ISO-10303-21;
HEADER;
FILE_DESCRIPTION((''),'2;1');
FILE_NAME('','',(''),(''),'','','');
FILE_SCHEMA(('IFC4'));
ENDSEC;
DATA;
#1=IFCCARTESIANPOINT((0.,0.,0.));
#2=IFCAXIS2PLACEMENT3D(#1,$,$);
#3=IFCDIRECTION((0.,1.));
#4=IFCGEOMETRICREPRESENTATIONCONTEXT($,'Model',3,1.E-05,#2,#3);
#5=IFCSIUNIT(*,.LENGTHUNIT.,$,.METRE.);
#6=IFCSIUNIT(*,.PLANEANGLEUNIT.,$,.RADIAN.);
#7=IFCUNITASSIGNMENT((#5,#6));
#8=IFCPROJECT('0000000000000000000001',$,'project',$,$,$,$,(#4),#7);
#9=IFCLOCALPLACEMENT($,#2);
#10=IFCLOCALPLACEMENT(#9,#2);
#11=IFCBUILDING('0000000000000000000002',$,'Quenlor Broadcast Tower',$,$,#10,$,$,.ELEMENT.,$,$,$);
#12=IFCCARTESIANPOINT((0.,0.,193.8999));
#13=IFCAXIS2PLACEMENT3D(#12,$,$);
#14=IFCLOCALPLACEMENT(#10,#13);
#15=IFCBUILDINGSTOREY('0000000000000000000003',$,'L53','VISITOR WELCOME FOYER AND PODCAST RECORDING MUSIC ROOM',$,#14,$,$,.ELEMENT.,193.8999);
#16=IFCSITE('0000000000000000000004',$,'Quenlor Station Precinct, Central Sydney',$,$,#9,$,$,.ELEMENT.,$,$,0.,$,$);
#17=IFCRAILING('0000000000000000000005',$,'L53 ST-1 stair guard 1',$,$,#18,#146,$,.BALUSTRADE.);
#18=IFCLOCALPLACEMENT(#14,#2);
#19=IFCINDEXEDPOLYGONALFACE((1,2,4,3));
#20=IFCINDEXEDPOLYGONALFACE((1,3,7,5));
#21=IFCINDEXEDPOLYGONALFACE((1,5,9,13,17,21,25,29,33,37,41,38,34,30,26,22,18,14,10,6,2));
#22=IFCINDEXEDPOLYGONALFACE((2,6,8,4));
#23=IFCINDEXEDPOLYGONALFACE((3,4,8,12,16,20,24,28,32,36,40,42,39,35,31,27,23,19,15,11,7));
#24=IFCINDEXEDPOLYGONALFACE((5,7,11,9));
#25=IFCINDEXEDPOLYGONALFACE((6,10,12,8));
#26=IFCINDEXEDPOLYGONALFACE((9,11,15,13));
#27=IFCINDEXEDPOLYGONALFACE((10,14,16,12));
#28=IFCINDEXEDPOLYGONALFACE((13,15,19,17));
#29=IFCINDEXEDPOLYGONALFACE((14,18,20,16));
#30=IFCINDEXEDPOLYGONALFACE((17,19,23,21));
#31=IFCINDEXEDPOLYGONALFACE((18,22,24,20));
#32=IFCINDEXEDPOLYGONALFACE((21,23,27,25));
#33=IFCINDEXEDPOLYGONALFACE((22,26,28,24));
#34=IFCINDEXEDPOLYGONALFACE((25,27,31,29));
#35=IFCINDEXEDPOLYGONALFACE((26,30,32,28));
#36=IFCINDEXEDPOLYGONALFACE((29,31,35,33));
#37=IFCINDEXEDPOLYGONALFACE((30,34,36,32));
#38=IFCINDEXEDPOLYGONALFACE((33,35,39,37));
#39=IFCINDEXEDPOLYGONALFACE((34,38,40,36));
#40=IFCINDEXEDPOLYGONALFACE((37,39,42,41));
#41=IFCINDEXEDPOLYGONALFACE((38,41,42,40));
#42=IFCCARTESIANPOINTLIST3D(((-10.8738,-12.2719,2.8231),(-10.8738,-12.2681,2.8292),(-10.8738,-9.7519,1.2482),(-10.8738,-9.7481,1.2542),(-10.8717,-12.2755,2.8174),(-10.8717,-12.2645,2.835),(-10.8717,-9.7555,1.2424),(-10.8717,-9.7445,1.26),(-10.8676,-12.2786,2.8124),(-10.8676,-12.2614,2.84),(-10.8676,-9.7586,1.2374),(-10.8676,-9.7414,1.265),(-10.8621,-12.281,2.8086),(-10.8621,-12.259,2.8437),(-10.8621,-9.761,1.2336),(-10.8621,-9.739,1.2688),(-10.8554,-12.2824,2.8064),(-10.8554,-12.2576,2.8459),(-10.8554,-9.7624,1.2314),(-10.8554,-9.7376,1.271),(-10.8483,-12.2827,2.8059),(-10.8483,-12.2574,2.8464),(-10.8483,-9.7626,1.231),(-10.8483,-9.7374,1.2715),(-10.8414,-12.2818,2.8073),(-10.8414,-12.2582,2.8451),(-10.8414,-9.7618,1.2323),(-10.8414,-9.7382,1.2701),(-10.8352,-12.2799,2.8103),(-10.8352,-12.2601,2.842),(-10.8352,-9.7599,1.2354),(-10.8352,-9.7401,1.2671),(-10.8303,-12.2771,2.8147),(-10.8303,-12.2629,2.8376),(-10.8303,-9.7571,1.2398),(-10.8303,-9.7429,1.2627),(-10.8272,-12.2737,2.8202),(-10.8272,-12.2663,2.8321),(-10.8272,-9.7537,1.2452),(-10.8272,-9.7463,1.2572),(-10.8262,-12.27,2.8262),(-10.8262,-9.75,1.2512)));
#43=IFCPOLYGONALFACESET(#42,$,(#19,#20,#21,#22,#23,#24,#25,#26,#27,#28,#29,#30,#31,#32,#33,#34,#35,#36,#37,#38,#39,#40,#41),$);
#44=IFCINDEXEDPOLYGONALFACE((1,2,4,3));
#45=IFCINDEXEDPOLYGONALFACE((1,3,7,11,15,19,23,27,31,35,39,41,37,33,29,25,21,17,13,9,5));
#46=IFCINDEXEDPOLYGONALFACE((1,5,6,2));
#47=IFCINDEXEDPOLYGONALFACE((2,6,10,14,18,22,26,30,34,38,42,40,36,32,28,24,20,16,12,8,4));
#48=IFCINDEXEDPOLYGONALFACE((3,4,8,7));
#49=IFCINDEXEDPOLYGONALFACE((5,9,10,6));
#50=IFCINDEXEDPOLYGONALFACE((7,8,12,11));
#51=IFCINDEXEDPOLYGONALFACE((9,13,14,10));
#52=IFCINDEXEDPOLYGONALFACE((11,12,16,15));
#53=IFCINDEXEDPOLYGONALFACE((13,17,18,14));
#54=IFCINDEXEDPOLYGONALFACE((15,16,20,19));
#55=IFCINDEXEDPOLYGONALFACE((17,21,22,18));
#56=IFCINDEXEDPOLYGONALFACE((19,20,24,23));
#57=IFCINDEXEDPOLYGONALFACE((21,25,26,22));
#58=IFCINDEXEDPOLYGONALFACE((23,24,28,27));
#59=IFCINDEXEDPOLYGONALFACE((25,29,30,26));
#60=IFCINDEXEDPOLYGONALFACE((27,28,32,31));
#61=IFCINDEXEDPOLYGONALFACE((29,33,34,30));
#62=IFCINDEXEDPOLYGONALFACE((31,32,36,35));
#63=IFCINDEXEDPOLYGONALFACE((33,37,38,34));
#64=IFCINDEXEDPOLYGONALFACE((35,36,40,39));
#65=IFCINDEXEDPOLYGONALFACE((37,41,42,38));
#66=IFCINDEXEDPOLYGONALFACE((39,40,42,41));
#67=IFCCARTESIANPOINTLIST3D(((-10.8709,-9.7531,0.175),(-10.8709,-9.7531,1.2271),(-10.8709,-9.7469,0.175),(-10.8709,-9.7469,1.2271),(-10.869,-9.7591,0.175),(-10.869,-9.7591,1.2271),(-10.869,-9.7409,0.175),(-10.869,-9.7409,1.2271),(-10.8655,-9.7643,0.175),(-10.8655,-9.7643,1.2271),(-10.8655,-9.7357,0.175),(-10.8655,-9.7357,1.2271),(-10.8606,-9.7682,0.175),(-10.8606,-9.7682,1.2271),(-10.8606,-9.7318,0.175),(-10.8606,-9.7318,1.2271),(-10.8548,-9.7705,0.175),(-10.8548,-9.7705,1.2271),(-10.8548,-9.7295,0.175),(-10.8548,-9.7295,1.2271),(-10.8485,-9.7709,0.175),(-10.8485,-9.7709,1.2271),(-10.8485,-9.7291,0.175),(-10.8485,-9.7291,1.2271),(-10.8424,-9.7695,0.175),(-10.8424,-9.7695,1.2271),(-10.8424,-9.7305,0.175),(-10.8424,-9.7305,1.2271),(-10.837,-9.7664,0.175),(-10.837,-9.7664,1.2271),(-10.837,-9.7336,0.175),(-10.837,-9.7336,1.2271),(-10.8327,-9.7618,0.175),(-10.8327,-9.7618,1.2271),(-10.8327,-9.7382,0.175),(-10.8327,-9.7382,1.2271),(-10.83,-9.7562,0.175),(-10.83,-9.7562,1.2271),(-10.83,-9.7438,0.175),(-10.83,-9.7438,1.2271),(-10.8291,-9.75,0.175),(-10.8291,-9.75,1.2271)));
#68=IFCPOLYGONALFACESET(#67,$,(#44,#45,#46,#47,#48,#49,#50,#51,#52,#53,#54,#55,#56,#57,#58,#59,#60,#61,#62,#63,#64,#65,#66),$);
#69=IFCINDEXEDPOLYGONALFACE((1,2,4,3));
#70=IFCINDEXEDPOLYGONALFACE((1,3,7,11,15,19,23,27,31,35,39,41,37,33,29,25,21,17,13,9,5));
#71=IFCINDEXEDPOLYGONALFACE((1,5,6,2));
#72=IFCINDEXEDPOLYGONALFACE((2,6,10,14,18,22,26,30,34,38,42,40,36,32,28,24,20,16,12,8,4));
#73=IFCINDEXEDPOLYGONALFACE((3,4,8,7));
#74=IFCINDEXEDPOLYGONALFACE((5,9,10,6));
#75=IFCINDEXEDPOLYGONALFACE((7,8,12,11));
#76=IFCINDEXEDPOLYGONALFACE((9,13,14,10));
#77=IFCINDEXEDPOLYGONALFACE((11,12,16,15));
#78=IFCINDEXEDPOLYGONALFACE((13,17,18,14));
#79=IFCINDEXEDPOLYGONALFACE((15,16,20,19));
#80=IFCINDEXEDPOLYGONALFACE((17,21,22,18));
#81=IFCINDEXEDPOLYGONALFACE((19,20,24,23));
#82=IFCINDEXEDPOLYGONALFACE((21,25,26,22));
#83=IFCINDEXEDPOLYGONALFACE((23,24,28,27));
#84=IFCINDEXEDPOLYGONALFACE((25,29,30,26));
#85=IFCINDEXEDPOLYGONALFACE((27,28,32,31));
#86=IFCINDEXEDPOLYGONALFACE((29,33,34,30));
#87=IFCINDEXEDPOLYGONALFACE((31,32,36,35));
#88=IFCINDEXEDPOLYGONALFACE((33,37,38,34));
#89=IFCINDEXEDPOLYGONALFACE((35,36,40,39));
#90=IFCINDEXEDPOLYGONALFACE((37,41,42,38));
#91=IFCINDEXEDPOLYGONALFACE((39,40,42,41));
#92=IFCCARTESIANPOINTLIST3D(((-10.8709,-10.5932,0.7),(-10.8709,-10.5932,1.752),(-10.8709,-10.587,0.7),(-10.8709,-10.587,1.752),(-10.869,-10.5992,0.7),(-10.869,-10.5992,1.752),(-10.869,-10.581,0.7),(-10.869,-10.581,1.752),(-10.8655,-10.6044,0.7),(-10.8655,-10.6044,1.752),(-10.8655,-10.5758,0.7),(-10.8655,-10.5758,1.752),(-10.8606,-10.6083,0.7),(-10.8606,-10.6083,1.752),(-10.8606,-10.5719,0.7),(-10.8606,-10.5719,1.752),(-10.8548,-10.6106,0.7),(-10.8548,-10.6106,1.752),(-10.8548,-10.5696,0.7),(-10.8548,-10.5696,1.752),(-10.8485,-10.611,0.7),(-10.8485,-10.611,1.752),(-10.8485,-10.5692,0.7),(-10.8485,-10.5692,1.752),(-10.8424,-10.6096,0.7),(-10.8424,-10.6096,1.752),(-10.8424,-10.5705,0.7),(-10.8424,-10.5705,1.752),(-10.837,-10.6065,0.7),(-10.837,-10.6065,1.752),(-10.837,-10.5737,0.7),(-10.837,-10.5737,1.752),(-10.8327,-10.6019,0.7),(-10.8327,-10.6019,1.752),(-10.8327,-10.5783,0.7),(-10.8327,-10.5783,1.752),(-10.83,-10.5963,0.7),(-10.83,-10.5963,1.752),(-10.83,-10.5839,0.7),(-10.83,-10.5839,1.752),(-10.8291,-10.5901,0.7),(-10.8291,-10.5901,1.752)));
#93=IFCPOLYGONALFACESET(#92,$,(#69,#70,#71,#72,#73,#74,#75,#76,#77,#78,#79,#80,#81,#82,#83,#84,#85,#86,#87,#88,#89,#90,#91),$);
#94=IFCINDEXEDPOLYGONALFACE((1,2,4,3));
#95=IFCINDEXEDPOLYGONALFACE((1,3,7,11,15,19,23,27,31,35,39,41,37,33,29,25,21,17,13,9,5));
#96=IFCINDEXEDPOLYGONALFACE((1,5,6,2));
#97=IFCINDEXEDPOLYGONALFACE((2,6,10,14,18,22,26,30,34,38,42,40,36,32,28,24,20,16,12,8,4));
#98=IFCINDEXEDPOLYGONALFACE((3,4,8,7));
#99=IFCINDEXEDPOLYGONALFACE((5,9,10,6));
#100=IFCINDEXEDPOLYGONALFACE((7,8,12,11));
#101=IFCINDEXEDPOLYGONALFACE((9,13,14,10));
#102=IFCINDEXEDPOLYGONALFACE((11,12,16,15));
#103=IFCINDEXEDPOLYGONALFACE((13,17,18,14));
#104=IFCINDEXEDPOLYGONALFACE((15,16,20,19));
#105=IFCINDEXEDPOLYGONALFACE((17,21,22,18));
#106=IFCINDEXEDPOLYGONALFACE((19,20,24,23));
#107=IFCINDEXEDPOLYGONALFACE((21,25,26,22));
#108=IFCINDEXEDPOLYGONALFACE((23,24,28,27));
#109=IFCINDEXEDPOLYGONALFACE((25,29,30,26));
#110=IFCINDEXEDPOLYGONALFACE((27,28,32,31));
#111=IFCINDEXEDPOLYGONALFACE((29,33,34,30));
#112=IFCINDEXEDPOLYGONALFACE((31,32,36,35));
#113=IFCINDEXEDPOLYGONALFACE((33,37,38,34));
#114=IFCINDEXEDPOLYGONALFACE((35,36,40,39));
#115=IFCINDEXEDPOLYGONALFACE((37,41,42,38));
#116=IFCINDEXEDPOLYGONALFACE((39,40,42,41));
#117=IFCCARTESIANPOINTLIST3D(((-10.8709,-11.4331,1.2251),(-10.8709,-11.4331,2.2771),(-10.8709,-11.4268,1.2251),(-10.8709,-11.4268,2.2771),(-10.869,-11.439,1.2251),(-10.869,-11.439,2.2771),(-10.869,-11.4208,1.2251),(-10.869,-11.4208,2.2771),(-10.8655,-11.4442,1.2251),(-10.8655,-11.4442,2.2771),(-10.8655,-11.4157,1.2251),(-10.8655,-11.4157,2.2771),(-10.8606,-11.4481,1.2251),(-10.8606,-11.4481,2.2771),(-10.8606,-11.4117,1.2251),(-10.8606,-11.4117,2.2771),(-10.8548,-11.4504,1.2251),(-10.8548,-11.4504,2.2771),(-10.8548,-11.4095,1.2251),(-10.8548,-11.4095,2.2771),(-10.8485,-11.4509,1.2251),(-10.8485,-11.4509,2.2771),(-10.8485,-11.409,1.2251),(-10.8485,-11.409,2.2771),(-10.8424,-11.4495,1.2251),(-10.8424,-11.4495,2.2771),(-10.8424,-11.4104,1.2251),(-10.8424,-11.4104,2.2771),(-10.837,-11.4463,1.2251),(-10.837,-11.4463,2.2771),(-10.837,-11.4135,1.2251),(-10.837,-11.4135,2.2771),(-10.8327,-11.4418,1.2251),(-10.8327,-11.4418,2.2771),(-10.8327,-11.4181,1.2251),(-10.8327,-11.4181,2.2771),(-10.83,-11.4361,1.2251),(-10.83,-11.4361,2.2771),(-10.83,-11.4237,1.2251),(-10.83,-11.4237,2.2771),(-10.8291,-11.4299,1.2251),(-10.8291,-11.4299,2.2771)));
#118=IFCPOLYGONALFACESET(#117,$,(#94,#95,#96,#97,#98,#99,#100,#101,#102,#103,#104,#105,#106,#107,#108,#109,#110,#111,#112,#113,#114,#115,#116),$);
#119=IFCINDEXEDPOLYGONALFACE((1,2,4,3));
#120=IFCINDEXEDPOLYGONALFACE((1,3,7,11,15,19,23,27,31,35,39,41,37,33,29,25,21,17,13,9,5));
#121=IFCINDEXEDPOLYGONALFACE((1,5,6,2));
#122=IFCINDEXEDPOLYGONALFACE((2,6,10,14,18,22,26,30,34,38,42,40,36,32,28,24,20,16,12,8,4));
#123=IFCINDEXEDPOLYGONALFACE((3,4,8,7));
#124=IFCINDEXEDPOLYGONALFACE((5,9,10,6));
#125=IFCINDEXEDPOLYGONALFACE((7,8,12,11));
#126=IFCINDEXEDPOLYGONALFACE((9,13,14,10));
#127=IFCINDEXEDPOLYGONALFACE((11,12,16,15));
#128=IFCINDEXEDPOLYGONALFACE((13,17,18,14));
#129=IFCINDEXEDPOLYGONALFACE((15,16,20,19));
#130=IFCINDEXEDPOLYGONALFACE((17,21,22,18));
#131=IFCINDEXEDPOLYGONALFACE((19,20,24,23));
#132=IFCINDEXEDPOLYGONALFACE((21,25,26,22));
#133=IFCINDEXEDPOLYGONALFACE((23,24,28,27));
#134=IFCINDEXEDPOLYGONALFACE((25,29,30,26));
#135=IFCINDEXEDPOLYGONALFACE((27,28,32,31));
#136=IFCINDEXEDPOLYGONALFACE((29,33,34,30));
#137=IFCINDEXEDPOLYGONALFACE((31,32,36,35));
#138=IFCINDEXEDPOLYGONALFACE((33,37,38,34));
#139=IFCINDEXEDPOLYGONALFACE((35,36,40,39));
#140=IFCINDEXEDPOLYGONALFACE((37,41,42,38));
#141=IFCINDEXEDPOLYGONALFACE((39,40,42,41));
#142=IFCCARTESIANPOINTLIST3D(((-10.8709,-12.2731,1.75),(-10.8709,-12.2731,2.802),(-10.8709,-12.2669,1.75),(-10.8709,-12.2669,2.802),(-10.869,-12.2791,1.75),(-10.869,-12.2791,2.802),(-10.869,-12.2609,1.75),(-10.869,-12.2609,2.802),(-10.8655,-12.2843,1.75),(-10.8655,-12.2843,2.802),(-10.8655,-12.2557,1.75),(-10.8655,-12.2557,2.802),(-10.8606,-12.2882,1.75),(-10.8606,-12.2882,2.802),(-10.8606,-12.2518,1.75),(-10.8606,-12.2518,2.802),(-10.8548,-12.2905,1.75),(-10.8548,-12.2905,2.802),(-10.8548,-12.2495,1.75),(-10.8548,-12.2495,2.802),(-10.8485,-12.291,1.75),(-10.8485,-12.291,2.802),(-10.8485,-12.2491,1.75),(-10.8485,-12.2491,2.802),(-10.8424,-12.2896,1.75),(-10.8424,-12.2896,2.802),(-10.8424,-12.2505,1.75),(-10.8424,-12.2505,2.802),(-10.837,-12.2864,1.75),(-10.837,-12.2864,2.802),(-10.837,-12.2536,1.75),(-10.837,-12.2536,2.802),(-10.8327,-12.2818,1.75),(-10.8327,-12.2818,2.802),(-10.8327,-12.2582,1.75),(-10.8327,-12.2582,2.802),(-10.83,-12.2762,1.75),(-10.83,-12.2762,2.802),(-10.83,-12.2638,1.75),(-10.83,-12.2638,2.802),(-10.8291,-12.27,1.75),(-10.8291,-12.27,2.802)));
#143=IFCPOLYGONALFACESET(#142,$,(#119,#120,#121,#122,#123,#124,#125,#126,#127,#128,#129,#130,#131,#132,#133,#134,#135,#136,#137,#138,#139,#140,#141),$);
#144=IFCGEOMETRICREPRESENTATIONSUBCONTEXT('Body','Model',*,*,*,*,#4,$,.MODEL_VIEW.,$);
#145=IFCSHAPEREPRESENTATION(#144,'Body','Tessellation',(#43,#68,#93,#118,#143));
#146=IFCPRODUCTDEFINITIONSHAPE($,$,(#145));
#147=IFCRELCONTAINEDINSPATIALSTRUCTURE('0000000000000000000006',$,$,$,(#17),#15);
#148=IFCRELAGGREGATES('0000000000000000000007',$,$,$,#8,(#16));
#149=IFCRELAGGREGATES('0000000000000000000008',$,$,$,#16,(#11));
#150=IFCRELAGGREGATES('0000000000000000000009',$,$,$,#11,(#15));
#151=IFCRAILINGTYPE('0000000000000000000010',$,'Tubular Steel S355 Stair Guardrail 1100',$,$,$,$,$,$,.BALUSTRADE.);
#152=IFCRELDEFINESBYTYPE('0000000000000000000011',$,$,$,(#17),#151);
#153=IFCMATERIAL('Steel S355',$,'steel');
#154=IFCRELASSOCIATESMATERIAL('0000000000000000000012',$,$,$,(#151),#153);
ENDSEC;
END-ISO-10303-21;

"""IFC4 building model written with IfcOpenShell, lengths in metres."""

from ifc_helpers import new_model, si_unit, direction, frame, origin, origin_2d, place, context, subcontext, project, spatial, circle, extrude, material, type_object, element, save


model = new_model("IFC4")

# Units and contexts
model_context = context("Model", 3, precision=1e-05, world=origin(), true_north=direction((0.0, 1.0)))
body_context = subcontext(model_context, "Body", "Model", "MODEL_VIEW")
ifc_project = project(units=[si_unit("LENGTHUNIT", "METRE"), si_unit("PLANEANGLEUNIT", "RADIAN")], contexts=[model_context])

# Site, building, storey
site_placement = place(None, origin())
site = spatial("IfcSite", under=ifc_project, at=site_placement, Name="Quenlor Station Precinct, Central Sydney", CompositionType="ELEMENT", RefElevation=0.0)
building_placement = place(site_placement, origin())
building = spatial("IfcBuilding", under=site, at=building_placement, Name="Quenlor Broadcast Tower", CompositionType="ELEMENT")
storey_placement = place(building_placement, frame((0.0, 0.0, 193.8999)))
storey = spatial("IfcBuildingStorey", under=building, at=storey_placement, Name="L53", Description="VISITOR WELCOME FOYER AND PODCAST RECORDING MUSIC ROOM", CompositionType="ELEMENT", Elevation=193.8999)

# Railing
ifc_material_1 = material(Name="Steel S355", Category="steel")
railing_type_1 = type_object("IfcRailingType", Name="Tubular Steel S355 Stair Guardrail 1100", PredefinedType="BALUSTRADE", material=ifc_material_1)
railing_1_placement = place(storey_placement, frame((-10.8501, -9.75, 0.175)))
element("IfcRailing", 1, at=railing_1_placement, inside=storey, type_object=railing_type_1, Name="L53 ST-1 stair guard 1", PredefinedType="BALUSTRADE", context=body_context, shape_type="SweptSolid", body=[
    extrude(circle(Radius=0.0239, at=origin_2d()), frame((0.0, 0.0, 1.0762), z_axis=(0.0, -0.848008, 0.529984), x_axis=(1.0, 0.0, 0.0)), (0.0, 0.0, 1.0), 2.9717),
    extrude(circle(Radius=0.021, at=origin_2d()), origin(), (0.0, 0.0, 1.0), 1.052),
    extrude(circle(Radius=0.021, at=origin_2d()), frame((0.0, -0.8401, 0.5249)), (0.0, 0.0, 1.0), 1.052),
    extrude(circle(Radius=0.021, at=origin_2d()), frame((0.0, -1.6799, 1.05)), (0.0, 0.0, 1.0), 1.052),
    extrude(circle(Radius=0.021, at=origin_2d()), frame((0.0, -2.52, 1.575)), (0.0, 0.0, 1.0), 1.052),
])

save(model, "model.ifc")
